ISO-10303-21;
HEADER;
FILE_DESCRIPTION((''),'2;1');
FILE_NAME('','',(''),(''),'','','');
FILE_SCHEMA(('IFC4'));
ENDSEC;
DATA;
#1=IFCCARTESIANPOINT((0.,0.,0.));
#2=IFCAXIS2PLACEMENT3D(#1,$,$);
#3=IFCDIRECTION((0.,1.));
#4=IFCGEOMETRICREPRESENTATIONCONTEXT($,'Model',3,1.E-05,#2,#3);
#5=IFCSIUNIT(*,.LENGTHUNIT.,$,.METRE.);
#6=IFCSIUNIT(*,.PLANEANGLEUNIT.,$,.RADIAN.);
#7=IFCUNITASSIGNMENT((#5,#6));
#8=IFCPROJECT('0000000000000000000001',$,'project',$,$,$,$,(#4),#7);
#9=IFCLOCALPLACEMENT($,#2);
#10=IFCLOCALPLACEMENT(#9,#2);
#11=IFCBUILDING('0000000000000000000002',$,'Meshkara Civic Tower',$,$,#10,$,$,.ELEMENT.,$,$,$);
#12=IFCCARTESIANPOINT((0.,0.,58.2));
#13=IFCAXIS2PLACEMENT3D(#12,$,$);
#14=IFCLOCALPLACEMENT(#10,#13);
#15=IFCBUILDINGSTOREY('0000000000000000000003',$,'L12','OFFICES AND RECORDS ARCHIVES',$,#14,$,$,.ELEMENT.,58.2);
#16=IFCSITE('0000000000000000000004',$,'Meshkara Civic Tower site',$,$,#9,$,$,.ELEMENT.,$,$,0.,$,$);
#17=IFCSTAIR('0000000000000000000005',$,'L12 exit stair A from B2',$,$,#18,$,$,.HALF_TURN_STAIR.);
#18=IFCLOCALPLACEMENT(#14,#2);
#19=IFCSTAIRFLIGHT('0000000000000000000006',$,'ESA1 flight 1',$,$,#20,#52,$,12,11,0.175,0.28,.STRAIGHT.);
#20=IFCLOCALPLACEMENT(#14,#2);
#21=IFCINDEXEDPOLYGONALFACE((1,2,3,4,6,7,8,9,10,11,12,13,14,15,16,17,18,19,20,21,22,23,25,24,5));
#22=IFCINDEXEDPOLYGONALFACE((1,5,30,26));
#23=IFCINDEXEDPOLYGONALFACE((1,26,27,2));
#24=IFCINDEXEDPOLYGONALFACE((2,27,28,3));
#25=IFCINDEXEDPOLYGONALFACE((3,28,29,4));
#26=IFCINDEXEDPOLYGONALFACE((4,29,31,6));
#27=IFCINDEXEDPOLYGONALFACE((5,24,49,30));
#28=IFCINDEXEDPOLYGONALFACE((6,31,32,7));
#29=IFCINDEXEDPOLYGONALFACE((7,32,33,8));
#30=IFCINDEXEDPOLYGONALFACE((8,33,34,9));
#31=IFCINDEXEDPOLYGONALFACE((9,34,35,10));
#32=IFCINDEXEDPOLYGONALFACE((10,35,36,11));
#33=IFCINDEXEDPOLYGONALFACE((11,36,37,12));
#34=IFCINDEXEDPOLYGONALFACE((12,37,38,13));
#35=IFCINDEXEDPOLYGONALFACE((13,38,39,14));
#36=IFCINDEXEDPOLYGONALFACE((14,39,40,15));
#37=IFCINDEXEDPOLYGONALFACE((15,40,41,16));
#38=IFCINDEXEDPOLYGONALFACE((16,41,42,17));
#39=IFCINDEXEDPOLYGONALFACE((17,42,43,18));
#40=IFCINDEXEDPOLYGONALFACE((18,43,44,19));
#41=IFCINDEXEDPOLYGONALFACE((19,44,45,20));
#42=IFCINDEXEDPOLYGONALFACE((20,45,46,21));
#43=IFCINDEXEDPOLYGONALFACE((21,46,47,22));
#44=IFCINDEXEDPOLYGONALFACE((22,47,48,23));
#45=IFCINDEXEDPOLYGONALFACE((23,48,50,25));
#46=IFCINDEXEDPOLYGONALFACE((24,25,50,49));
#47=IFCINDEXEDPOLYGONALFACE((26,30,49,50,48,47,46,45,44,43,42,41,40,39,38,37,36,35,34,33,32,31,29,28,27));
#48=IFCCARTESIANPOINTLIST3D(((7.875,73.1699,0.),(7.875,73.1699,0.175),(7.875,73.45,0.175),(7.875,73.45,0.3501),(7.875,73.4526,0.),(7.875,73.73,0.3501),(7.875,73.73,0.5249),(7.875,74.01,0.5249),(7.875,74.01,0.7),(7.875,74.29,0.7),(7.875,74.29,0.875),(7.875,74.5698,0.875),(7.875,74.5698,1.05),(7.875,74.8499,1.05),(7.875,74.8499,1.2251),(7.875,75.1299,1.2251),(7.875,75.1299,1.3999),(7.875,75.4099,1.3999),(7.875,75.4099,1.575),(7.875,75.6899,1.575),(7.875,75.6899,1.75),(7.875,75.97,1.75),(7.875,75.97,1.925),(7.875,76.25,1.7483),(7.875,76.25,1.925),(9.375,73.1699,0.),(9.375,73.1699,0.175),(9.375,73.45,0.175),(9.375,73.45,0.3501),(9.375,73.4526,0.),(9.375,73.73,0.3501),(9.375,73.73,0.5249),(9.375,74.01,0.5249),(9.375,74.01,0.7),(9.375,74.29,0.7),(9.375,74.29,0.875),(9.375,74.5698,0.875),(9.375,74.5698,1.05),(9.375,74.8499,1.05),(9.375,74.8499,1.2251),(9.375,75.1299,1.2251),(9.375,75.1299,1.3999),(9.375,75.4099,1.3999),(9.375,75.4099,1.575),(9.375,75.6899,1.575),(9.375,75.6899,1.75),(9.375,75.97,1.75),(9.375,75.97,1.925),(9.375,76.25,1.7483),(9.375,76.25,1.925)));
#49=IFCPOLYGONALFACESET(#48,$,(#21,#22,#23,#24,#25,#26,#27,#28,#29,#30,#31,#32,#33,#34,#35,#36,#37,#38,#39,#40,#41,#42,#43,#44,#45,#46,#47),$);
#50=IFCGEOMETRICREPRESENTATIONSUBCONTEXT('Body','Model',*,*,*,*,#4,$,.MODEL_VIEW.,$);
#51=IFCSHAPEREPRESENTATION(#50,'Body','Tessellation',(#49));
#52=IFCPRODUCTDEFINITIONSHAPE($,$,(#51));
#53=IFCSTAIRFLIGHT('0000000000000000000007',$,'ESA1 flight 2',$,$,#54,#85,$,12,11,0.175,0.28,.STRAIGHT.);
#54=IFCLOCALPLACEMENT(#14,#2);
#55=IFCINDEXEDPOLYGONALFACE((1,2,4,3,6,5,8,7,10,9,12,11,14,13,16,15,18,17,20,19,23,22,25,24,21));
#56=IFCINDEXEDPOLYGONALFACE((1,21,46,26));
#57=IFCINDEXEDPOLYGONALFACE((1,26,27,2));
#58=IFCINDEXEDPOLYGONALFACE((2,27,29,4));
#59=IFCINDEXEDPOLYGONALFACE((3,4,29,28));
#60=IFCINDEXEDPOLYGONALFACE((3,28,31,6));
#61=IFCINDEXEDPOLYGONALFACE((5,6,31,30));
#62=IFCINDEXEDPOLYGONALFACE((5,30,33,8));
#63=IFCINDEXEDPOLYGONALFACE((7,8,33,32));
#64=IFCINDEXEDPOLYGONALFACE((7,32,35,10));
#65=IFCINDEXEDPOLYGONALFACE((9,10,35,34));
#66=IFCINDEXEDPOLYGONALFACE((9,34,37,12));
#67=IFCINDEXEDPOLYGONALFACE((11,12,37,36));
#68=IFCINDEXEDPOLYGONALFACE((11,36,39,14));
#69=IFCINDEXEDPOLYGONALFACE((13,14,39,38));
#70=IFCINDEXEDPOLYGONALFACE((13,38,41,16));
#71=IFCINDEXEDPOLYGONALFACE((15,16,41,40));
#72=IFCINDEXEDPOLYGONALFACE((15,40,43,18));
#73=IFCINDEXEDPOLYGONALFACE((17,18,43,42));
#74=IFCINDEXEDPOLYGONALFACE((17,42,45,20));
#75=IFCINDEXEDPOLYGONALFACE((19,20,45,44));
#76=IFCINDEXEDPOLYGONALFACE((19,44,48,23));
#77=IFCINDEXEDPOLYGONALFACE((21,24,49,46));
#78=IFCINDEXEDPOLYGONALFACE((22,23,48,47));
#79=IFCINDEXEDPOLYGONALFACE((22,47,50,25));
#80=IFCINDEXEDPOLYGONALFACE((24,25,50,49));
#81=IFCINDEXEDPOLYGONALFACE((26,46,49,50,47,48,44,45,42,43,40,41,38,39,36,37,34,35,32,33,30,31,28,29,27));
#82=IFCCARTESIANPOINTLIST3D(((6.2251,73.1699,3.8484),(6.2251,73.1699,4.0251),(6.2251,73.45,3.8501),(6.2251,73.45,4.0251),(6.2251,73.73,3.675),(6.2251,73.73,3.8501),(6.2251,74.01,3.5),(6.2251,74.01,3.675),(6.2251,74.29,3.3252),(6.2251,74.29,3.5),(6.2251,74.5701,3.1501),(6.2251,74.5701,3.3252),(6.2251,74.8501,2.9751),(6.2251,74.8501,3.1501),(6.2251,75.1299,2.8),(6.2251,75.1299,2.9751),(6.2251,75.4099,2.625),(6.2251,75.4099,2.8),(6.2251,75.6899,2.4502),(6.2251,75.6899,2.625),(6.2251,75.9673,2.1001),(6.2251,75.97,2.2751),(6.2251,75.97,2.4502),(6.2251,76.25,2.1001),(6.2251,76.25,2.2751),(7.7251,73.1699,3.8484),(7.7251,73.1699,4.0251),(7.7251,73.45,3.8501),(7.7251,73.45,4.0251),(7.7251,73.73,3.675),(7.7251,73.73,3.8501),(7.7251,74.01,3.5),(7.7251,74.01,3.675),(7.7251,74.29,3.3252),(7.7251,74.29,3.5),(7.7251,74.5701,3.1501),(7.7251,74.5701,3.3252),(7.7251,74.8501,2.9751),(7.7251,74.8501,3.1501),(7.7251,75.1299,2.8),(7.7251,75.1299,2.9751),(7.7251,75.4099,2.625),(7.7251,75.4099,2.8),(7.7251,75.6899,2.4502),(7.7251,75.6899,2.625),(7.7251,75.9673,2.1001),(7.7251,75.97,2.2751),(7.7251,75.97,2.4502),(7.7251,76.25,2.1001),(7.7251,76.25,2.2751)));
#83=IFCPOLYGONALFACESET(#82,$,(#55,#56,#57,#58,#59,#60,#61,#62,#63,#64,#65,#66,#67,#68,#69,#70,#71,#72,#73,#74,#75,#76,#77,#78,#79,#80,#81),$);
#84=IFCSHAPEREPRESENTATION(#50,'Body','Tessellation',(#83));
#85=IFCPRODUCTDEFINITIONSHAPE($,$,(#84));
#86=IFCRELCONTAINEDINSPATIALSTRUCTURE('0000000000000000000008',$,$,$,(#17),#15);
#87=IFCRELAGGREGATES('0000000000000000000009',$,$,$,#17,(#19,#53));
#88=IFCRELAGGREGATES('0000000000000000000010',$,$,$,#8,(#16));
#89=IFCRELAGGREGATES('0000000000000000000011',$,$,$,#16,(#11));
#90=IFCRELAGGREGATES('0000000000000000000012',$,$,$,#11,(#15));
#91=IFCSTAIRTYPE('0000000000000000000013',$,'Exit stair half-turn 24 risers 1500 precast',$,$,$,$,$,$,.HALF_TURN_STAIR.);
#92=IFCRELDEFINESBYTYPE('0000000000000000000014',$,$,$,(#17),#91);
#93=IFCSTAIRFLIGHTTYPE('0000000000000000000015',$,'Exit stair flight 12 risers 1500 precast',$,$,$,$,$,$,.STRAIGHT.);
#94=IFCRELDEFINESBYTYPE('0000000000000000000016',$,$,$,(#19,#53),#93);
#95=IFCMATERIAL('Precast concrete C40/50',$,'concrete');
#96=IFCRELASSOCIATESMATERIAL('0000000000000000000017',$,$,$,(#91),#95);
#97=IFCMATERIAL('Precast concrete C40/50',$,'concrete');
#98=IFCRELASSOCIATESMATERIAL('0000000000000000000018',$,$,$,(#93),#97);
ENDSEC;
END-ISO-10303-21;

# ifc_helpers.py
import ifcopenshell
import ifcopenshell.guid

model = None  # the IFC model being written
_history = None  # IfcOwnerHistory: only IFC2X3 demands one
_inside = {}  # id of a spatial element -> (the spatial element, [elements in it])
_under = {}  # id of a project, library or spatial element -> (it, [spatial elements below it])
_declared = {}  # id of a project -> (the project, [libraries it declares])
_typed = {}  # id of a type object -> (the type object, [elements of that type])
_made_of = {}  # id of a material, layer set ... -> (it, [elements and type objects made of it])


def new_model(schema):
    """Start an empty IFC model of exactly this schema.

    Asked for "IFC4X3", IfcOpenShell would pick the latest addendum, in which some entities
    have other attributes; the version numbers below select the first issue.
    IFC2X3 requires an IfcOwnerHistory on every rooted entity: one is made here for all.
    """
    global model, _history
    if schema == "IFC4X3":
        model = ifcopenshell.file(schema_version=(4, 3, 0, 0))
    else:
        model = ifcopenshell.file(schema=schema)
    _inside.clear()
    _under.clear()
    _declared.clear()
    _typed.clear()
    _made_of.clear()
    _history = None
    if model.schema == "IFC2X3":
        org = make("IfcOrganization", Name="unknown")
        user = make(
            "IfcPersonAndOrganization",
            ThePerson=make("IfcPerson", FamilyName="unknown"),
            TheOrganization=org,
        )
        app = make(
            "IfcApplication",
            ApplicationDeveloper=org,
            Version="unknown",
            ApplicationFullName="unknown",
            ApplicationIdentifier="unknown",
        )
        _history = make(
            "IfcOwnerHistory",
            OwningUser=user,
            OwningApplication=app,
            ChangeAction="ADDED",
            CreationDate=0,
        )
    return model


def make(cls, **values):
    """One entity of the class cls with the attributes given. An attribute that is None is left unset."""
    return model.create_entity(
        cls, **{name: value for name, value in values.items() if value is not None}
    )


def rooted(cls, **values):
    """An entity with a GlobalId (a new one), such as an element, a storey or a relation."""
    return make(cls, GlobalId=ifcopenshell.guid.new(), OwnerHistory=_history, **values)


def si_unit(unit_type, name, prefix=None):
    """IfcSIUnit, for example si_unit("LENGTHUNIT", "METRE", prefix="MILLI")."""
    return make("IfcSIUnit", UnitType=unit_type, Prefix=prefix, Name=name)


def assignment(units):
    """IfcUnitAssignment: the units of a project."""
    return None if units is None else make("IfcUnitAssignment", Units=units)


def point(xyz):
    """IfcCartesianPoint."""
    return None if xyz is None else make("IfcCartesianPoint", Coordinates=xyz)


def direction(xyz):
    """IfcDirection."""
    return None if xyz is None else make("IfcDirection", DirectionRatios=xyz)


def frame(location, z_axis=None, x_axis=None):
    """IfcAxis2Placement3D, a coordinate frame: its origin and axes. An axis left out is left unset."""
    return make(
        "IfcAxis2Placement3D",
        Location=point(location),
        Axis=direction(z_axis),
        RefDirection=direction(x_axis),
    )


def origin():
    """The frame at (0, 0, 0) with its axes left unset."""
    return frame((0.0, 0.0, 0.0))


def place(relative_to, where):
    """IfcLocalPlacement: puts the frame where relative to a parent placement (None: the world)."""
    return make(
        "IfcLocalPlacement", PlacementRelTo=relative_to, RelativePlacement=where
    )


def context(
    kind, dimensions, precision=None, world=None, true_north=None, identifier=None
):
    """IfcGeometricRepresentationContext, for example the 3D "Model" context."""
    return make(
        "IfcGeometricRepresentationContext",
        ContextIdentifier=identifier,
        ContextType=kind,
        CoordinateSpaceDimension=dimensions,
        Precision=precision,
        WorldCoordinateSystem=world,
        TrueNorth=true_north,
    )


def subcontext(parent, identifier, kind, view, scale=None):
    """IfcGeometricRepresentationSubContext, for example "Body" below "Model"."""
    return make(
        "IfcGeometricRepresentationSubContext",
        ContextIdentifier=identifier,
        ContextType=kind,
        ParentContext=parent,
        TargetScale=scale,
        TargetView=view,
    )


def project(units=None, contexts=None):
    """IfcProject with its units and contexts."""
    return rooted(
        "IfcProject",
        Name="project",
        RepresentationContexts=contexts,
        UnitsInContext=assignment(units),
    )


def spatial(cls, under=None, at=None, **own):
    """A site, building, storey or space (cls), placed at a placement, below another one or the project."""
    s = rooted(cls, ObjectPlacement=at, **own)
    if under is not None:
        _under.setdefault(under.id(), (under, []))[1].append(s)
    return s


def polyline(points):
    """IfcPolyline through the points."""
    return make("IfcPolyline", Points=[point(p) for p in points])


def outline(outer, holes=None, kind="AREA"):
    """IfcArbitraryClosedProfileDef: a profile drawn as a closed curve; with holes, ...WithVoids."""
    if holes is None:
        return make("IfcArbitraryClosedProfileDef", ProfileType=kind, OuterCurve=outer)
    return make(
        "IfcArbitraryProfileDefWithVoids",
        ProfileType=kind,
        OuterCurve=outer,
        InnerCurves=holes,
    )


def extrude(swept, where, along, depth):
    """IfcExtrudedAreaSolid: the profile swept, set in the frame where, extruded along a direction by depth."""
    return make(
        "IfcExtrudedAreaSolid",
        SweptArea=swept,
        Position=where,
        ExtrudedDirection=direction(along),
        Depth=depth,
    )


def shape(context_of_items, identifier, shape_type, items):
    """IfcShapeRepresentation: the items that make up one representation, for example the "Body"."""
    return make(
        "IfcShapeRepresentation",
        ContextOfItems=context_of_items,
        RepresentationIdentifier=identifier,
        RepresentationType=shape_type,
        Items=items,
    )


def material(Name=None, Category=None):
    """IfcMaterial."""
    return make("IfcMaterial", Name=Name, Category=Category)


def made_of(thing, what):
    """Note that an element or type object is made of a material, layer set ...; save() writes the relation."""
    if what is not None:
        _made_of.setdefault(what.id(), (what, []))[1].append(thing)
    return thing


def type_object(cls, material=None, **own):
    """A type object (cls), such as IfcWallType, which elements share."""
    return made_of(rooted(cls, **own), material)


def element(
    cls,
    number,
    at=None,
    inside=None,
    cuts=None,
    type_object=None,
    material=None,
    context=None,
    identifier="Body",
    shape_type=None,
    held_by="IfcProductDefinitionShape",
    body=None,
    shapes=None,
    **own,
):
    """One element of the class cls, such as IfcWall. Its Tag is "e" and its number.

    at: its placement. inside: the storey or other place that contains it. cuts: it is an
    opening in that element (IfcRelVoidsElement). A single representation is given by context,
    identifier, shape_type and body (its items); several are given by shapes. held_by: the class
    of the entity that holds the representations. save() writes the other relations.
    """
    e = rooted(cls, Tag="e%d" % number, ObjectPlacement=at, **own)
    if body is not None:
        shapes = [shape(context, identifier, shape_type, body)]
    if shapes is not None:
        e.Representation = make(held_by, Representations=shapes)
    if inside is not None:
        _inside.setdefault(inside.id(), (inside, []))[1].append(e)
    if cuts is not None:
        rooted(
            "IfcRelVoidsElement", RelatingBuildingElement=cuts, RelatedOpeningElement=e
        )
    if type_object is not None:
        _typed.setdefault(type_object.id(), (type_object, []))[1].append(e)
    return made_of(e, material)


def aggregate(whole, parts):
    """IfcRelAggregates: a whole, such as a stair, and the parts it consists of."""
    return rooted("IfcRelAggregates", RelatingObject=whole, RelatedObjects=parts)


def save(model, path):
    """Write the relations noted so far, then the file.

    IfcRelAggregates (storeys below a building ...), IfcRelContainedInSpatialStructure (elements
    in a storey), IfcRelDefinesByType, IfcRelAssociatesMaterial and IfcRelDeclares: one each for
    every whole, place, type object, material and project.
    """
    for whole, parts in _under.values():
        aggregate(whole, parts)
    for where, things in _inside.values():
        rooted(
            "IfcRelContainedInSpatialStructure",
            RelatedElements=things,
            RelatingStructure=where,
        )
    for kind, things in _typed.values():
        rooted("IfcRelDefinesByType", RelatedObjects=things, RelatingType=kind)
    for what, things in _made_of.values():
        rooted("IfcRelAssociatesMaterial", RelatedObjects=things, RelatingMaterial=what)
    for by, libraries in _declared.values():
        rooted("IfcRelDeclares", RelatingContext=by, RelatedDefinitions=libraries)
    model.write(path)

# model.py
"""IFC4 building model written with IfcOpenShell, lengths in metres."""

from ifc_helpers import new_model, si_unit, direction, frame, origin, place, context, subcontext, project, spatial, polyline, outline, extrude, material, type_object, element, aggregate, save


model = new_model("IFC4")

# Units and contexts
model_context = context("Model", 3, precision=1e-05, world=origin(), true_north=direction((0.0, 1.0)))
body_context = subcontext(model_context, "Body", "Model", "MODEL_VIEW")
ifc_project = project(units=[si_unit("LENGTHUNIT", "METRE"), si_unit("PLANEANGLEUNIT", "RADIAN")], contexts=[model_context])

# Site, building, storey
site_placement = place(None, origin())
site = spatial("IfcSite", under=ifc_project, at=site_placement, Name="Meshkara Civic Tower site", CompositionType="ELEMENT", RefElevation=0.0)
building_placement = place(site_placement, origin())
building = spatial("IfcBuilding", under=site, at=building_placement, Name="Meshkara Civic Tower", CompositionType="ELEMENT")
storey_placement = place(building_placement, frame((0.0, 0.0, 58.2)))
storey = spatial("IfcBuildingStorey", under=building, at=storey_placement, Name="L12", Description="OFFICES AND RECORDS ARCHIVES", CompositionType="ELEMENT", Elevation=58.2)

# Stair, stair flights
ifc_material_1 = material(Name="Precast concrete C40/50", Category="concrete")
stair_type = type_object("IfcStairType", Name="Exit stair half-turn 24 risers 1500 precast", PredefinedType="HALF_TURN_STAIR", material=ifc_material_1)
stair_placement = place(storey_placement, origin())
stair = element("IfcStair", 1, at=stair_placement, inside=storey, type_object=stair_type, Name="L12 exit stair A from B2", PredefinedType="HALF_TURN_STAIR")
ifc_material_2 = material(Name="Precast concrete C40/50", Category="concrete")
stair_flight_type = type_object("IfcStairFlightType", Name="Exit stair flight 12 risers 1500 precast", PredefinedType="STRAIGHT", material=ifc_material_2)
stair_flight_1_placement = place(storey_placement, frame((8.625, 73.1699, 0.0), z_axis=(0.0, 0.0, 1.0), x_axis=(0.0, 1.0, 0.0)))
stair_flight_1 = element("IfcStairFlight", 2, at=stair_flight_1_placement, type_object=stair_flight_type, Name="ESA1 flight 1", NumberOfRisers=12, NumberOfTreads=11, PredefinedType="STRAIGHT", RiserHeight=0.175, TreadLength=0.28, context=body_context, shape_type="SweptSolid", body=[
    extrude(outline(polyline([(0.0, 0.0), (0.0, 0.175), (0.28, 0.175), (0.28, 0.3501), (0.5601, 0.3501), (0.5601, 0.5249), (0.8401, 0.5249), (0.8401, 0.7), (1.1201, 0.7), (1.1201, 0.875), (1.3999, 0.875), (1.3999, 1.05), (1.6799, 1.05), (1.6799, 1.2251), (1.96, 1.2251), (1.96, 1.3999), (2.24, 1.3999), (2.24, 1.575), (2.52, 1.575), (2.52, 1.75), (2.8, 1.75), (2.8, 1.925), (3.0801, 1.925), (3.0801, 2.1001), (3.0801, 1.7483), (0.2827, 0.0), (0.0, 0.0)])), frame((0.0, 0.75, 0.0), z_axis=(0.0, -1.0, 0.0), x_axis=(1.0, 0.0, 0.0)), (0.0, 0.0, 1.0), 1.5),
])
stair_flight_2_placement = place(storey_placement, frame((6.9751, 76.25, 2.1001), z_axis=(0.0, 0.0, 1.0), x_axis=(0.0, -1.0, 0.0)))
stair_flight_2 = element("IfcStairFlight", 3, at=stair_flight_2_placement, type_object=stair_flight_type, Name="ESA1 flight 2", NumberOfRisers=12, NumberOfTreads=11, PredefinedType="STRAIGHT", RiserHeight=0.175, TreadLength=0.28, context=body_context, shape_type="SweptSolid", body=[
    extrude(outline(polyline([(0.0, 0.0), (0.0, 0.175), (0.28, 0.175), (0.28, 0.3501), (0.5601, 0.3501), (0.5601, 0.5249), (0.8401, 0.5249), (0.8401, 0.7), (1.1201, 0.7), (1.1201, 0.875), (1.3999, 0.875), (1.3999, 1.05), (1.6799, 1.05), (1.6799, 1.2251), (1.96, 1.2251), (1.96, 1.3999), (2.24, 1.3999), (2.24, 1.575), (2.52, 1.575), (2.52, 1.75), (2.8, 1.75), (2.8, 1.925), (3.0801, 1.925), (3.0801, 2.1001), (3.0801, 1.7483), (0.2827, 0.0), (0.0, 0.0)])), frame((0.0, 0.75, 0.0), z_axis=(0.0, -1.0, 0.0), x_axis=(1.0, 0.0, 0.0)), (0.0, 0.0, 1.0), 1.5),
])
aggregate(stair, [stair_flight_1, stair_flight_2])

save(model, "model.ifc")
